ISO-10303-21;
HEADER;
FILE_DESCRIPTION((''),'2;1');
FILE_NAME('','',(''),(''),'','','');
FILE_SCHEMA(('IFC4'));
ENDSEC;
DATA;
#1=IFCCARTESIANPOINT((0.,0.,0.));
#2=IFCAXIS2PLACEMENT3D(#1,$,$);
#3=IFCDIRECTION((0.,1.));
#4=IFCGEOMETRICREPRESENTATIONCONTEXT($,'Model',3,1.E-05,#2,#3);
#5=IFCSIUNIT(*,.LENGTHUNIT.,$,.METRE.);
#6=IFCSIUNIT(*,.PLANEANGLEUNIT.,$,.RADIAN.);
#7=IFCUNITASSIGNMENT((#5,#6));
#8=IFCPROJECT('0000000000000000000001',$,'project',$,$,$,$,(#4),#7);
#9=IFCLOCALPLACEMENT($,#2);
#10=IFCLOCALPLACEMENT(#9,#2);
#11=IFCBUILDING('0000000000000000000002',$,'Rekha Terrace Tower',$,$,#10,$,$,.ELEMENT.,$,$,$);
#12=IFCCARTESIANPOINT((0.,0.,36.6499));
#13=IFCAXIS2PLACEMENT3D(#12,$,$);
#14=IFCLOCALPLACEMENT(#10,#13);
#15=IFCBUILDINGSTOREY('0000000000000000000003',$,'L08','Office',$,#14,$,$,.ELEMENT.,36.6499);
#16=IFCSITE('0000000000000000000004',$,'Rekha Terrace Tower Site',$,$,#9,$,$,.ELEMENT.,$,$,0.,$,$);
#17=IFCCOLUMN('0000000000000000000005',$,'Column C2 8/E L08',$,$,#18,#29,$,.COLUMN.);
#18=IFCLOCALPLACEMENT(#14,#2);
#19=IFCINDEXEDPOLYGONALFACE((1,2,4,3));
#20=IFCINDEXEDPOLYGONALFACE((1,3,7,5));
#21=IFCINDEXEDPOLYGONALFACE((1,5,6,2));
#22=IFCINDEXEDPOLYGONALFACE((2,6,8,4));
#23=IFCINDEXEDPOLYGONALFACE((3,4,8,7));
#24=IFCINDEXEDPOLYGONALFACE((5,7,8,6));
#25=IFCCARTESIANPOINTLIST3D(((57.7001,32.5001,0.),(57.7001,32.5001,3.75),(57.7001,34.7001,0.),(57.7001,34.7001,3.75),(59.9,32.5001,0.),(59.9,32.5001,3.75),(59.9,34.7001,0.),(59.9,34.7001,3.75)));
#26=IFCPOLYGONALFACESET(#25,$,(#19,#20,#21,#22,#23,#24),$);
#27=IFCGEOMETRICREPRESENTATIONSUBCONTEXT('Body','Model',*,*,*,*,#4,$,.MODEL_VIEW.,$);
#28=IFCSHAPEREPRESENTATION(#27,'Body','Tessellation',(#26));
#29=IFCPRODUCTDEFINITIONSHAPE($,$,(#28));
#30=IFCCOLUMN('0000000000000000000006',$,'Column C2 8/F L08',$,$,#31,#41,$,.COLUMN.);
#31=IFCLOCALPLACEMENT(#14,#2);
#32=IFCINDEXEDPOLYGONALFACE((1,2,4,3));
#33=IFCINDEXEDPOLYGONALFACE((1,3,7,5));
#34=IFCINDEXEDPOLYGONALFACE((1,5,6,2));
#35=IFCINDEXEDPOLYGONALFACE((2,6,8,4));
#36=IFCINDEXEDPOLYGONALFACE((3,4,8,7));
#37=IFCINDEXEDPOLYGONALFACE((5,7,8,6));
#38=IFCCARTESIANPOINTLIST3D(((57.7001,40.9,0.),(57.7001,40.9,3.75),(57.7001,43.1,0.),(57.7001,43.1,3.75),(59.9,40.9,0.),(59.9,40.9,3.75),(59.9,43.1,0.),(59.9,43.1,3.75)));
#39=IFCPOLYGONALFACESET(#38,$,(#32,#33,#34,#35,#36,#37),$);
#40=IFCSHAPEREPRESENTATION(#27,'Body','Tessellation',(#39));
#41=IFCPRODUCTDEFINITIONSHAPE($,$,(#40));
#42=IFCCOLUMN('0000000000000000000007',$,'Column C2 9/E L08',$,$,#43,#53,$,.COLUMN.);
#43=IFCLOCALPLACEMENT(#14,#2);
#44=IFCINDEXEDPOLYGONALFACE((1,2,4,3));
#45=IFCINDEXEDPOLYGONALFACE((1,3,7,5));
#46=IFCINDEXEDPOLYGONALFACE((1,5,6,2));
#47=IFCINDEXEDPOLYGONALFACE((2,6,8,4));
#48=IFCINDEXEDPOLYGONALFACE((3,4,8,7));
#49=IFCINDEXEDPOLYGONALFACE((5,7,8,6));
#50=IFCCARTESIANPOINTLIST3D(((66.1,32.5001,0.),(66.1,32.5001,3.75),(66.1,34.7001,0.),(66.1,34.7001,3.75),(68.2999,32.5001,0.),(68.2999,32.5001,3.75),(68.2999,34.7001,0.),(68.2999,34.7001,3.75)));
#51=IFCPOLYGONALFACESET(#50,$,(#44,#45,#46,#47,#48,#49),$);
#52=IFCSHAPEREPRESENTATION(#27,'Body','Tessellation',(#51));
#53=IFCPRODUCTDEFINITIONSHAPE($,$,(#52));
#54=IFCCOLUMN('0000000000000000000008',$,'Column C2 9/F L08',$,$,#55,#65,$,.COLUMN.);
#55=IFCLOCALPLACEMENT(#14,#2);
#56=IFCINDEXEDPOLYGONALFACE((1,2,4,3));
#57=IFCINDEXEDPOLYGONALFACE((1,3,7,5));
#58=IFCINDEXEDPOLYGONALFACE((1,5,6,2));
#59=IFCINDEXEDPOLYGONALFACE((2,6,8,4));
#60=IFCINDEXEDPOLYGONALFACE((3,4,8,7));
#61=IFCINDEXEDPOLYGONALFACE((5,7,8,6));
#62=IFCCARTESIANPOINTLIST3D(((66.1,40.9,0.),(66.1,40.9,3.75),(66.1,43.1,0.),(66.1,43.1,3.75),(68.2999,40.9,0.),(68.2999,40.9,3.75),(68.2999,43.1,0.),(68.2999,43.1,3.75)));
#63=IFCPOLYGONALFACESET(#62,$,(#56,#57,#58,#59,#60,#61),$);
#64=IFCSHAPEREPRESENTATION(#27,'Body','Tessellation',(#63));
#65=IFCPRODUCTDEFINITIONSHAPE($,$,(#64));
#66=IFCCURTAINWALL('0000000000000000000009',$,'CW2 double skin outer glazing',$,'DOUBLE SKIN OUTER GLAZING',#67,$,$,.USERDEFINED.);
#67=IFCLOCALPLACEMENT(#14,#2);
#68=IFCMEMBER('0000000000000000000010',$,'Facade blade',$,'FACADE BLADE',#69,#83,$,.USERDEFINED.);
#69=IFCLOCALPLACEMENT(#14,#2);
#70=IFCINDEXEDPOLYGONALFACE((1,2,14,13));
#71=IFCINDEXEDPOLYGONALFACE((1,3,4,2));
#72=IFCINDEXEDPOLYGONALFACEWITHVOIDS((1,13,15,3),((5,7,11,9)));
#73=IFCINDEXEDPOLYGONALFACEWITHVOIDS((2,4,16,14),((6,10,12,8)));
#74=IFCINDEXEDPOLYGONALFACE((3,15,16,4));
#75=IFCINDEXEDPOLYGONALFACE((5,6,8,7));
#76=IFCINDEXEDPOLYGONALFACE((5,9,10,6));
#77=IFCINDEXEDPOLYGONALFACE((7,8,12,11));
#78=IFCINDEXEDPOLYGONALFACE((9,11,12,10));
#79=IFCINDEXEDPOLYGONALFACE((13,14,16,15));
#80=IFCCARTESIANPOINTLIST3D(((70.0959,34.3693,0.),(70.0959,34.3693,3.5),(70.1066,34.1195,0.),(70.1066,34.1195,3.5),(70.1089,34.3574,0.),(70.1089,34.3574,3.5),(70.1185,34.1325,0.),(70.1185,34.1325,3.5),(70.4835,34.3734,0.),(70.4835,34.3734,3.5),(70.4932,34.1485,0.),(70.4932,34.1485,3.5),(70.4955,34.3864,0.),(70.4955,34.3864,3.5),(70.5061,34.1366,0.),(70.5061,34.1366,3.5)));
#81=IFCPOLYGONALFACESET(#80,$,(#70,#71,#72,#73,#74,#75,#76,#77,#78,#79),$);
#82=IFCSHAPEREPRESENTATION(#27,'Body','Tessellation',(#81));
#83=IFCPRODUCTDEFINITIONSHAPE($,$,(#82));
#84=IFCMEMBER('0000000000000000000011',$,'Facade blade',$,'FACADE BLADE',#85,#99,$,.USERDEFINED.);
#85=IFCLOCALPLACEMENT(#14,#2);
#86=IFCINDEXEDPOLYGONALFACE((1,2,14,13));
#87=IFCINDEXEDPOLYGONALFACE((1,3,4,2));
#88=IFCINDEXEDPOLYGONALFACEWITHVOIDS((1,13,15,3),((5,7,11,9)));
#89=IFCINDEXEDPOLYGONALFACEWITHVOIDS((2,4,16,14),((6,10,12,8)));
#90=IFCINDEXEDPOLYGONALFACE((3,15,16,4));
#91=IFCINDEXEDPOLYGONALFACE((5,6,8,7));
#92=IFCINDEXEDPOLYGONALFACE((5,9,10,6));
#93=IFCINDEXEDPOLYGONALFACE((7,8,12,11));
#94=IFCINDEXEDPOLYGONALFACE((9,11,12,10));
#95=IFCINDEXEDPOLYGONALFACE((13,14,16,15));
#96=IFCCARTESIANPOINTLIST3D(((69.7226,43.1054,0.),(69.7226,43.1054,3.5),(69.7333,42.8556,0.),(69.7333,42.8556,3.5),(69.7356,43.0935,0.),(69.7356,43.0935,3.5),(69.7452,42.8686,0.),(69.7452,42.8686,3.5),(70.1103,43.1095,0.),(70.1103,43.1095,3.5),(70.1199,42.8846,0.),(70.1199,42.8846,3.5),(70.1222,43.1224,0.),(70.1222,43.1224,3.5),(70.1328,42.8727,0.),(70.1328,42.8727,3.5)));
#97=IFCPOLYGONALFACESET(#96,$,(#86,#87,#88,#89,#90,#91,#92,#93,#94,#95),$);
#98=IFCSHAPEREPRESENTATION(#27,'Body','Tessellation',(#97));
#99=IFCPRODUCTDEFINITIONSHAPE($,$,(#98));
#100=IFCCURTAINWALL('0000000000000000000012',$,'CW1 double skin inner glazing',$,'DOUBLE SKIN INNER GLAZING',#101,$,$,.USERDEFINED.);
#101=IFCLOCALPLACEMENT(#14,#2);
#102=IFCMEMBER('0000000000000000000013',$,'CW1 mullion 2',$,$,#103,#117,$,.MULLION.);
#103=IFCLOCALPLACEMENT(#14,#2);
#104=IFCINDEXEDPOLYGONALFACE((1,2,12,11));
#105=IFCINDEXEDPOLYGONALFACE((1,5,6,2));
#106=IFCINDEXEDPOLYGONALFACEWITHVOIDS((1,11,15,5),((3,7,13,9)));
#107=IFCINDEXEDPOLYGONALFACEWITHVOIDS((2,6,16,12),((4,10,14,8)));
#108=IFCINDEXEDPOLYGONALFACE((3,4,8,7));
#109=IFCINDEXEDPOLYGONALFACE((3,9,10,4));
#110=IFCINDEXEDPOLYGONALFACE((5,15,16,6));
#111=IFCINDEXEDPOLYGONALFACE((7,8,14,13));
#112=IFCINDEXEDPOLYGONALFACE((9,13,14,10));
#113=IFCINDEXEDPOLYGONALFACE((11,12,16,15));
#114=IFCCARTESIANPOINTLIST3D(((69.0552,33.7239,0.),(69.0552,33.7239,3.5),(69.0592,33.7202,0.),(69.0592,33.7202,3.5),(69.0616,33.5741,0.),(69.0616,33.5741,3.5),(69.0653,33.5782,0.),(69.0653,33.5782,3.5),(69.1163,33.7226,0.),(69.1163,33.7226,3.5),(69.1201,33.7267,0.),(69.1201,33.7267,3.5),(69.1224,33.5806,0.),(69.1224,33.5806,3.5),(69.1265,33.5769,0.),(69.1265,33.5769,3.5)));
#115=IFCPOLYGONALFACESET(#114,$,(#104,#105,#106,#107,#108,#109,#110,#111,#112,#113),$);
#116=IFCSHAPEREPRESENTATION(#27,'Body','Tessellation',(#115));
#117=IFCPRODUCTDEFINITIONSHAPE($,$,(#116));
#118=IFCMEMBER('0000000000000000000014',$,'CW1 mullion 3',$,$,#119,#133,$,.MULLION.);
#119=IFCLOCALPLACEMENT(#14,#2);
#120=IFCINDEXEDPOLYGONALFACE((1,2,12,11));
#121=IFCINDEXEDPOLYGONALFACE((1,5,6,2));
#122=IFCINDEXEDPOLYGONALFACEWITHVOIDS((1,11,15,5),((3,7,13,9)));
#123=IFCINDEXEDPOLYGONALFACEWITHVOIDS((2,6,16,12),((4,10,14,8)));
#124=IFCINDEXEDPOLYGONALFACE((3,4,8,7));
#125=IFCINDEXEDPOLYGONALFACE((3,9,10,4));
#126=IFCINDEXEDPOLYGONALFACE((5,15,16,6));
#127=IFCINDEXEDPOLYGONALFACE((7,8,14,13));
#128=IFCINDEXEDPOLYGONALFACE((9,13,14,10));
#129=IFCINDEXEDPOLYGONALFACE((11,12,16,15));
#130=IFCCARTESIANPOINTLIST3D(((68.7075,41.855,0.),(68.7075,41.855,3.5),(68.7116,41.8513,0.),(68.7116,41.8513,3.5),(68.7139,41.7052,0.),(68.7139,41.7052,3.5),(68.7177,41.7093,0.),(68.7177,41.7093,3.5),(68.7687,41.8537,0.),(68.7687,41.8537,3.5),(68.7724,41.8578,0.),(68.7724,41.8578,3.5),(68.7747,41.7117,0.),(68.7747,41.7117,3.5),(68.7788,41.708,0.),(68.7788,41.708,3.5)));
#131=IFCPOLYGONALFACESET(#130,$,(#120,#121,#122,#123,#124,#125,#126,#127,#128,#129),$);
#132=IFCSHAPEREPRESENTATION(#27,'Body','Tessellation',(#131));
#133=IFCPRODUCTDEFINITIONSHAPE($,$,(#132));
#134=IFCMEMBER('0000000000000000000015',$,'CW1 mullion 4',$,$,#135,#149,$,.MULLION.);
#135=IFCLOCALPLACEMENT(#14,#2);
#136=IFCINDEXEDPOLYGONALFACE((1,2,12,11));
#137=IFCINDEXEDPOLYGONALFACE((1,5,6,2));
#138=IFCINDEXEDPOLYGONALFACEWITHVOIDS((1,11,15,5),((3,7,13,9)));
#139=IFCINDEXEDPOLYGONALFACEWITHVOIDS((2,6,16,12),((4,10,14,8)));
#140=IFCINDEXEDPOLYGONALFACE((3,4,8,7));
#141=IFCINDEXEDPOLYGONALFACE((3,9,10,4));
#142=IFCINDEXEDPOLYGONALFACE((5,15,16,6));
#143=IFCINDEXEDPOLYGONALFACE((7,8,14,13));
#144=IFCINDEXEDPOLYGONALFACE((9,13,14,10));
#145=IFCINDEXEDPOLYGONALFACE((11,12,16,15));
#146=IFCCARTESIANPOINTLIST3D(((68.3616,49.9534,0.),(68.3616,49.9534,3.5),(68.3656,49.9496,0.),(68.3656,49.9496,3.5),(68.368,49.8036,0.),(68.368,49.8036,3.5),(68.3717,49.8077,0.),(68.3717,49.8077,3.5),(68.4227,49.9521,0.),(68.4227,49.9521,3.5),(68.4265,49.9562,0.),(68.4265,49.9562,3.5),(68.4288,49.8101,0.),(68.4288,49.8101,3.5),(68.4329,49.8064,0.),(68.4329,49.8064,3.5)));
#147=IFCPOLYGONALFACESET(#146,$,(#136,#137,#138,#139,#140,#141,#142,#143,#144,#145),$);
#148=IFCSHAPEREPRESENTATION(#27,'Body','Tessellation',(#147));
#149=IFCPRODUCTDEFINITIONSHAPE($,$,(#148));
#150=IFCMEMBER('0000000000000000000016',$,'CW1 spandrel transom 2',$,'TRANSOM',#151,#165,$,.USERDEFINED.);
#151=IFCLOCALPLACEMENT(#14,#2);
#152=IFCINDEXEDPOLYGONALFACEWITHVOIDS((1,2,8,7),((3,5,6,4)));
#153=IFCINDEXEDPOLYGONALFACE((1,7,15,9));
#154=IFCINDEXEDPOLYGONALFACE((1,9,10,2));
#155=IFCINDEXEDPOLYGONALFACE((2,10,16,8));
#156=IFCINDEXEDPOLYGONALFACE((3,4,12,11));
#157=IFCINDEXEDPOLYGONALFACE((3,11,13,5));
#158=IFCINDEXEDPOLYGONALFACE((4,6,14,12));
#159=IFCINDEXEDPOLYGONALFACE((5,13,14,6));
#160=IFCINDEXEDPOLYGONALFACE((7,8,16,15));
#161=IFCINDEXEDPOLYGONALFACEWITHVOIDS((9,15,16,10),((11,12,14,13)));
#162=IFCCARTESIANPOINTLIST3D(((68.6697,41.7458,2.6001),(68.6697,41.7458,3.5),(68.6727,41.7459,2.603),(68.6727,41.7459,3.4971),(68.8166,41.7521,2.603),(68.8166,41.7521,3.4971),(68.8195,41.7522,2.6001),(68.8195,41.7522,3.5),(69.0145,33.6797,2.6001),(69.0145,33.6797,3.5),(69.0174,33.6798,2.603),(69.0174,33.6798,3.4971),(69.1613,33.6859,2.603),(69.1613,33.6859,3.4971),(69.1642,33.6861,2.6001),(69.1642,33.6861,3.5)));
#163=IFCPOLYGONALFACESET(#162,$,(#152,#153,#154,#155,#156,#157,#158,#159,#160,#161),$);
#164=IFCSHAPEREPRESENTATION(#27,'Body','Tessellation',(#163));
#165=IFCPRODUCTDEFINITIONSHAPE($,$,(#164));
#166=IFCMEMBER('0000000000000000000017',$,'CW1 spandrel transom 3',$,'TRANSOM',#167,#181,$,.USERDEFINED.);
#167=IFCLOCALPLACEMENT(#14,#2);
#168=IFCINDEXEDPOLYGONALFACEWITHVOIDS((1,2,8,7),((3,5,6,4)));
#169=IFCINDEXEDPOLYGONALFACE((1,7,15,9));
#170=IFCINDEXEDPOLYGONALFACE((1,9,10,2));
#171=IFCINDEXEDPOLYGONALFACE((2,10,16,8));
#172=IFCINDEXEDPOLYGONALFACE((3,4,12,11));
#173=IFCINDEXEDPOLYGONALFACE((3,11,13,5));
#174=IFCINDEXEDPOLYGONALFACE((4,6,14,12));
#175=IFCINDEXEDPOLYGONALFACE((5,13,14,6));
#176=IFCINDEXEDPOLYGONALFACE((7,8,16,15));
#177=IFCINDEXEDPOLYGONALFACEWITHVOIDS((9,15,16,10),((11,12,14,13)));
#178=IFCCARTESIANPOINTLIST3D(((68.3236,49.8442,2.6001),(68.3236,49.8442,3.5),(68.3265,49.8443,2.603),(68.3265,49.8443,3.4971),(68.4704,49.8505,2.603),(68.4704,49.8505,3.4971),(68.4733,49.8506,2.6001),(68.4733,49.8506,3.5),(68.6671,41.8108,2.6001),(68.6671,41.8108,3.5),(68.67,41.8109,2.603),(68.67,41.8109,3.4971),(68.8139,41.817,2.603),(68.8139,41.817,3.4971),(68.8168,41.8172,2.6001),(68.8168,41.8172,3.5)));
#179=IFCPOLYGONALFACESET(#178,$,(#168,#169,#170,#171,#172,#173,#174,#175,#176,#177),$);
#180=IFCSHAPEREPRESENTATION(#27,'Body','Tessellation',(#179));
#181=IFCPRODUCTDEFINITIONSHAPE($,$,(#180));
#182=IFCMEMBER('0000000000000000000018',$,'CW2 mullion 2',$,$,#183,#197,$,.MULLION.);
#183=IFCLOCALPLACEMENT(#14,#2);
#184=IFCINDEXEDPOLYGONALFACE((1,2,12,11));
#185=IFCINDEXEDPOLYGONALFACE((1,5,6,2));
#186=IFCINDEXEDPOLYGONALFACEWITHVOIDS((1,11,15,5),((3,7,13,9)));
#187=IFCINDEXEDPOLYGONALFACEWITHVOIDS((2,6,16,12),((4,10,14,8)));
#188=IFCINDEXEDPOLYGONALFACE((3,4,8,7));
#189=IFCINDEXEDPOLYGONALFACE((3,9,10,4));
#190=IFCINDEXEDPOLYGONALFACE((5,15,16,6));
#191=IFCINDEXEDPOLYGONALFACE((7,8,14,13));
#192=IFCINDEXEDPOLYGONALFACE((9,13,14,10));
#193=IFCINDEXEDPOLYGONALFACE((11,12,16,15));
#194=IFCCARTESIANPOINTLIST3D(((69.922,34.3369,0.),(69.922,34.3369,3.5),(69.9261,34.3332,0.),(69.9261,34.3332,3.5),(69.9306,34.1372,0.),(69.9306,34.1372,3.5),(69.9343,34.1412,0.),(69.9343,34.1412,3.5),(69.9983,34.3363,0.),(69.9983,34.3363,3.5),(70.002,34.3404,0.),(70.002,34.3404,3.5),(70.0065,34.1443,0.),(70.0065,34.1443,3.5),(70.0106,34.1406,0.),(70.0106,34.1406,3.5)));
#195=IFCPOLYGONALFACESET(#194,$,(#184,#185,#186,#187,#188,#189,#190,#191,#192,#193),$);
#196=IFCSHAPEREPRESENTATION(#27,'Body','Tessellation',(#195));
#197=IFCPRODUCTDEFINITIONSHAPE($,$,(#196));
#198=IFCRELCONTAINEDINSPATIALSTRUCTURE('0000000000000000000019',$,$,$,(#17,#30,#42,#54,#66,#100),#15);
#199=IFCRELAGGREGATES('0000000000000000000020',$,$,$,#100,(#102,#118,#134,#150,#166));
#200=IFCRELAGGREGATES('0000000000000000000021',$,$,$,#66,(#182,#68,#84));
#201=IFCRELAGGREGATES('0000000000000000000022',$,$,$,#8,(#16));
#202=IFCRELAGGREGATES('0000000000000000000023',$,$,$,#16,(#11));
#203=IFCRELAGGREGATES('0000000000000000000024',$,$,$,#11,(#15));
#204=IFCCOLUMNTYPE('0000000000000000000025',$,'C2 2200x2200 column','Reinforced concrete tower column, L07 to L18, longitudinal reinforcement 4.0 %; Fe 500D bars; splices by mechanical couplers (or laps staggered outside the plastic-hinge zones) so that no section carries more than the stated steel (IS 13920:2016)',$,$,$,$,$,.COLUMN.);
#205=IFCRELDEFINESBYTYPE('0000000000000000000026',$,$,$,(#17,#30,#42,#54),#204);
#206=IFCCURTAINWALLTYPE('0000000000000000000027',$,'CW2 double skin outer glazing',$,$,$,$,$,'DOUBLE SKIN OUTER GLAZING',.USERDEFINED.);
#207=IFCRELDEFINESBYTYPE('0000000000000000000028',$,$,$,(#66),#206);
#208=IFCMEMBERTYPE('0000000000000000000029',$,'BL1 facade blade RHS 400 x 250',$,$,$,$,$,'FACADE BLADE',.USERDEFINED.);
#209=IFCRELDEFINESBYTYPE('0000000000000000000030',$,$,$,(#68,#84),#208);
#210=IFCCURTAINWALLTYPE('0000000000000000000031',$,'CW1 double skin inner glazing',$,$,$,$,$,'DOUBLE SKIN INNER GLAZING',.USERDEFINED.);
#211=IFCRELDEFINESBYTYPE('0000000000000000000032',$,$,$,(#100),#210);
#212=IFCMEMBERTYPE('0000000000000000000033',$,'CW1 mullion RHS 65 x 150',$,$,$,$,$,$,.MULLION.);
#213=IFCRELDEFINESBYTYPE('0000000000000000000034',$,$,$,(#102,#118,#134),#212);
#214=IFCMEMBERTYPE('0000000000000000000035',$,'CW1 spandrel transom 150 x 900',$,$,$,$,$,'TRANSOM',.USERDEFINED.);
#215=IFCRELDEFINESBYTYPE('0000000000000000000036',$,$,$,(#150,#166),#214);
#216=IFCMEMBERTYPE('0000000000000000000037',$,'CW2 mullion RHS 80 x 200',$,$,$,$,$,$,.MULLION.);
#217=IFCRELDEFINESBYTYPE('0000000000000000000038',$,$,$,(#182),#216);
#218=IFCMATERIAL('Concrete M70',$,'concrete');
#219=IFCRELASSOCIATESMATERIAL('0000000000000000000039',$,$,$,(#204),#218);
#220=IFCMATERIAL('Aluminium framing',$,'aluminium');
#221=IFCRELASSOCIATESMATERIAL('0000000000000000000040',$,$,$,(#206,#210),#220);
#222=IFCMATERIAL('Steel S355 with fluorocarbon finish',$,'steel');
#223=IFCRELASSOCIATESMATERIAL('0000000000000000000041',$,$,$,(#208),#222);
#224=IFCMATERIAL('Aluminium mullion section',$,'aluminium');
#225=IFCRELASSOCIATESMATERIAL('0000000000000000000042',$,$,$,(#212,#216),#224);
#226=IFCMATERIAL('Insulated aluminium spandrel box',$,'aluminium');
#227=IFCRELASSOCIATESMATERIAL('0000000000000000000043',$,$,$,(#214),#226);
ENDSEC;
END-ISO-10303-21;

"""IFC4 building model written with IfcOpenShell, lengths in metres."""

from ifc_helpers import new_model, si_unit, direction, frame, origin, origin_2d, place, context, subcontext, project, spatial, rectangle, hollow_rectangle, extrude, material, material_profile, profile_set, type_object, element, aggregate, save


model = new_model("IFC4")

# Units and contexts
model_context = context("Model", 3, precision=1e-05, world=origin(), true_north=direction((0.0, 1.0)))
body_context = subcontext(model_context, "Body", "Model", "MODEL_VIEW")
ifc_project = project(units=[si_unit("LENGTHUNIT", "METRE"), si_unit("PLANEANGLEUNIT", "RADIAN")], contexts=[model_context])

# Site, building, storey
site_placement = place(None, origin())
site = spatial("IfcSite", under=ifc_project, at=site_placement, Name="Rekha Terrace Tower Site", CompositionType="ELEMENT", RefElevation=0.0)
building_placement = place(site_placement, origin())
building = spatial("IfcBuilding", under=site, at=building_placement, Name="Rekha Terrace Tower", CompositionType="ELEMENT")
storey_placement = place(building_placement, frame((0.0, 0.0, 36.6499)))
storey = spatial("IfcBuildingStorey", under=building, at=storey_placement, Name="L08", Description="Office", CompositionType="ELEMENT", Elevation=36.6499)

# Columns
ifc_material_1 = material(Name="Concrete M70", Category="concrete")
ifc_material_profile_1 = material_profile(ifc_material_1, rectangle(XDim=2.2, YDim=2.2, at=origin_2d()), Name="RC 2200x2200")
ifc_profile_set_1 = profile_set([ifc_material_profile_1], Name="Concrete M70")
column_type = type_object("IfcColumnType", Name="C2 2200x2200 column", Description="Reinforced concrete tower column, L07 to L18, longitudinal reinforcement 4.0 %; Fe 500D bars; splices by mechanical couplers (or laps staggered outside the plastic-hinge zones) so that no section carries more than the stated steel (IS 13920:2016)", PredefinedType="COLUMN", material=ifc_profile_set_1)
for number, where, z_axis, x_axis, name in (
    (1, (58.8, 33.6001, 0.0), (0.0, 0.0, 1.0), (1.0, 0.0, 0.0), "Column C2 8/E L08"),
    (2, (58.8, 42.0, 0.0), (0.0, 0.0, 1.0), (1.0, 0.0, 0.0), "Column C2 8/F L08"),
    (3, (67.2, 33.6001, 0.0), (0.0, 0.0, 1.0), (1.0, 0.0, 0.0), "Column C2 9/E L08"),
    (4, (67.2, 42.0, 0.0), (0.0, 0.0, 1.0), (1.0, 0.0, 0.0), "Column C2 9/F L08"),
):
    element("IfcColumn", number, at=place(storey_placement, frame(where, z_axis=z_axis, x_axis=x_axis)), inside=storey, type_object=column_type, Name=name, PredefinedType="COLUMN", context=body_context, shape_type="SweptSolid", body=[
        extrude(rectangle(XDim=2.2, YDim=2.2, at=origin_2d()), origin(), (0.0, 0.0, 1.0), 3.75),
    ])

# Curtain walls, members
ifc_material_2 = material(Name="Aluminium framing", Category="aluminium")
curtain_wall_type_1 = type_object("IfcCurtainWallType", Name="CW2 double skin outer glazing", ElementType="DOUBLE SKIN OUTER GLAZING", PredefinedType="USERDEFINED", material=ifc_material_2)
curtain_wall_1_placement = place(storey_placement, origin())
curtain_wall_1 = element("IfcCurtainWall", 5, at=curtain_wall_1_placement, inside=storey, type_object=curtain_wall_type_1, Name="CW2 double skin outer glazing", ObjectType="DOUBLE SKIN OUTER GLAZING", PredefinedType="USERDEFINED")
ifc_material_3 = material(Name="Steel S355 with fluorocarbon finish", Category="steel")
ifc_material_profile_2 = material_profile(ifc_material_3, hollow_rectangle(XDim=0.25, YDim=0.3999, WallThickness=0.0125, at=origin_2d()), Name="RHS400x250x12.5")
ifc_profile_set_2 = profile_set([ifc_material_profile_2], Name="Steel S355 with fluorocarbon finish")
member_type_1 = type_object("IfcMemberType", Name="BL1 facade blade RHS 400 x 250", ElementType="FACADE BLADE", PredefinedType="USERDEFINED", material=ifc_profile_set_2)
member_1_placement = place(storey_placement, frame((70.301, 34.2529, 0.0), z_axis=(0.0, 0.0, 1.0), x_axis=(-0.042695, 0.999088, 0.0)))
member_1 = element("IfcMember", 6, at=member_1_placement, type_object=member_type_1, Name="Facade blade", ObjectType="FACADE BLADE", PredefinedType="USERDEFINED", context=body_context, shape_type="SweptSolid", body=[
    extrude(hollow_rectangle(XDim=0.25, YDim=0.3999, WallThickness=0.0125, at=origin_2d()), origin(), (0.0, 0.0, 1.0), 3.5),
])
member_2_placement = place(storey_placement, frame((69.9277, 42.989, 0.0), z_axis=(0.0, 0.0, 1.0), x_axis=(-0.042695, 0.999088, 0.0)))
member_2 = element("IfcMember", 7, at=member_2_placement, type_object=member_type_1, Name="Facade blade", ObjectType="FACADE BLADE", PredefinedType="USERDEFINED", context=body_context, shape_type="SweptSolid", body=[
    extrude(hollow_rectangle(XDim=0.25, YDim=0.3999, WallThickness=0.0125, at=origin_2d()), origin(), (0.0, 0.0, 1.0), 3.5),
])
curtain_wall_type_2 = type_object("IfcCurtainWallType", Name="CW1 double skin inner glazing", ElementType="DOUBLE SKIN INNER GLAZING", PredefinedType="USERDEFINED", material=ifc_material_2)
curtain_wall_2_placement = place(storey_placement, origin())
curtain_wall_2 = element("IfcCurtainWall", 8, at=curtain_wall_2_placement, inside=storey, type_object=curtain_wall_type_2, Name="CW1 double skin inner glazing", ObjectType="DOUBLE SKIN INNER GLAZING", PredefinedType="USERDEFINED")
ifc_material_4 = material(Name="Aluminium mullion section", Category="aluminium")
ifc_material_profile_3 = material_profile(ifc_material_4, hollow_rectangle(XDim=0.0649, YDim=0.1499, WallThickness=0.0039, at=origin_2d()), Name="AL RHS 65x150")
ifc_profile_set_3 = profile_set([ifc_material_profile_3], Name="Aluminium mullion section")
member_type_2 = type_object("IfcMemberType", Name="CW1 mullion RHS 65 x 150", PredefinedType="MULLION", material=ifc_profile_set_3)
member_3_placement = place(storey_placement, frame((69.0908, 33.6504, 0.0), z_axis=(0.0, 0.0, 1.0), x_axis=(-0.999088, -0.042696, 0.0)))
member_3 = element("IfcMember", 9, at=member_3_placement, type_object=member_type_2, Name="CW1 mullion 2", PredefinedType="MULLION", context=body_context, shape_type="SweptSolid", body=[
    extrude(hollow_rectangle(XDim=0.0649, YDim=0.1499, WallThickness=0.0039, at=origin_2d()), origin(), (0.0, 0.0, 1.0), 3.5),
])
member_4_placement = place(storey_placement, frame((68.7432, 41.7815, 0.0), z_axis=(0.0, 0.0, 1.0), x_axis=(-0.999088, -0.042696, 0.0)))
member_4 = element("IfcMember", 10, at=member_4_placement, type_object=member_type_2, Name="CW1 mullion 3", PredefinedType="MULLION", context=body_context, shape_type="SweptSolid", body=[
    extrude(hollow_rectangle(XDim=0.0649, YDim=0.1499, WallThickness=0.0039, at=origin_2d()), origin(), (0.0, 0.0, 1.0), 3.5),
])
member_5_placement = place(storey_placement, frame((68.3972, 49.8799, 0.0), z_axis=(0.0, 0.0, 1.0), x_axis=(-0.999088, -0.042696, 0.0)))
member_5 = element("IfcMember", 11, at=member_5_placement, type_object=member_type_2, Name="CW1 mullion 4", PredefinedType="MULLION", context=body_context, shape_type="SweptSolid", body=[
    extrude(hollow_rectangle(XDim=0.0649, YDim=0.1499, WallThickness=0.0039, at=origin_2d()), origin(), (0.0, 0.0, 1.0), 3.5),
])
ifc_material_5 = material(Name="Insulated aluminium spandrel box", Category="aluminium")
ifc_material_profile_4 = material_profile(ifc_material_5, hollow_rectangle(XDim=0.1499, YDim=0.8999, WallThickness=0.0029, at=origin_2d()), Name="AL SPANDREL BOX 150x900")
ifc_profile_set_4 = profile_set([ifc_material_profile_4], Name="Insulated aluminium spandrel box")
member_type_3 = type_object("IfcMemberType", Name="CW1 spandrel transom 150 x 900", ElementType="TRANSOM", PredefinedType="USERDEFINED", material=ifc_profile_set_4)
member_6_placement = place(storey_placement, frame((69.0894, 33.6829, 3.05), z_axis=(-0.042698, 0.999088, 0.0), x_axis=(-0.999088, -0.042698, 0.0)))
member_6 = element("IfcMember", 12, at=member_6_placement, type_object=member_type_3, Name="CW1 spandrel transom 2", ObjectType="TRANSOM", PredefinedType="USERDEFINED", context=body_context, shape_type="SweptSolid", body=[
    extrude(hollow_rectangle(XDim=0.1499, YDim=0.8999, WallThickness=0.0029, at=origin_2d()), origin(), (0.0, 0.0, 1.0), 8.0735),
])
member_7_placement = place(storey_placement, frame((68.7419, 41.814, 3.05), z_axis=(-0.04272, 0.999087, 0.0), x_axis=(-0.999087, -0.04272, 0.0)))
member_7 = element("IfcMember", 13, at=member_7_placement, type_object=member_type_3, Name="CW1 spandrel transom 3", ObjectType="TRANSOM", PredefinedType="USERDEFINED", context=body_context, shape_type="SweptSolid", body=[
    extrude(hollow_rectangle(XDim=0.1499, YDim=0.8999, WallThickness=0.0029, at=origin_2d()), origin(), (0.0, 0.0, 1.0), 8.0408),
])

# Member
ifc_material_profile_5 = material_profile(ifc_material_4, hollow_rectangle(XDim=0.0801, YDim=0.2, WallThickness=0.0039, at=origin_2d()), Name="AL RHS 80x200")
ifc_profile_set_5 = profile_set([ifc_material_profile_5], Name="Aluminium mullion section")
member_type_4 = type_object("IfcMemberType", Name="CW2 mullion RHS 80 x 200", PredefinedType="MULLION", material=ifc_profile_set_5)
member_8_placement = place(storey_placement, frame((69.9663, 34.2388, 0.0), z_axis=(0.0, 0.0, 1.0), x_axis=(-0.999088, -0.042696, 0.0)))
member_8 = element("IfcMember", 14, at=member_8_placement, type_object=member_type_4, Name="CW2 mullion 2", PredefinedType="MULLION", context=body_context, shape_type="SweptSolid", body=[
    extrude(hollow_rectangle(XDim=0.0801, YDim=0.2, WallThickness=0.0039, at=origin_2d()), origin(), (0.0, 0.0, 1.0), 3.5),
])

aggregate(curtain_wall_2, [member_3, member_4, member_5, member_6, member_7])
aggregate(curtain_wall_1, [member_8, member_1, member_2])

save(model, "model.ifc")
